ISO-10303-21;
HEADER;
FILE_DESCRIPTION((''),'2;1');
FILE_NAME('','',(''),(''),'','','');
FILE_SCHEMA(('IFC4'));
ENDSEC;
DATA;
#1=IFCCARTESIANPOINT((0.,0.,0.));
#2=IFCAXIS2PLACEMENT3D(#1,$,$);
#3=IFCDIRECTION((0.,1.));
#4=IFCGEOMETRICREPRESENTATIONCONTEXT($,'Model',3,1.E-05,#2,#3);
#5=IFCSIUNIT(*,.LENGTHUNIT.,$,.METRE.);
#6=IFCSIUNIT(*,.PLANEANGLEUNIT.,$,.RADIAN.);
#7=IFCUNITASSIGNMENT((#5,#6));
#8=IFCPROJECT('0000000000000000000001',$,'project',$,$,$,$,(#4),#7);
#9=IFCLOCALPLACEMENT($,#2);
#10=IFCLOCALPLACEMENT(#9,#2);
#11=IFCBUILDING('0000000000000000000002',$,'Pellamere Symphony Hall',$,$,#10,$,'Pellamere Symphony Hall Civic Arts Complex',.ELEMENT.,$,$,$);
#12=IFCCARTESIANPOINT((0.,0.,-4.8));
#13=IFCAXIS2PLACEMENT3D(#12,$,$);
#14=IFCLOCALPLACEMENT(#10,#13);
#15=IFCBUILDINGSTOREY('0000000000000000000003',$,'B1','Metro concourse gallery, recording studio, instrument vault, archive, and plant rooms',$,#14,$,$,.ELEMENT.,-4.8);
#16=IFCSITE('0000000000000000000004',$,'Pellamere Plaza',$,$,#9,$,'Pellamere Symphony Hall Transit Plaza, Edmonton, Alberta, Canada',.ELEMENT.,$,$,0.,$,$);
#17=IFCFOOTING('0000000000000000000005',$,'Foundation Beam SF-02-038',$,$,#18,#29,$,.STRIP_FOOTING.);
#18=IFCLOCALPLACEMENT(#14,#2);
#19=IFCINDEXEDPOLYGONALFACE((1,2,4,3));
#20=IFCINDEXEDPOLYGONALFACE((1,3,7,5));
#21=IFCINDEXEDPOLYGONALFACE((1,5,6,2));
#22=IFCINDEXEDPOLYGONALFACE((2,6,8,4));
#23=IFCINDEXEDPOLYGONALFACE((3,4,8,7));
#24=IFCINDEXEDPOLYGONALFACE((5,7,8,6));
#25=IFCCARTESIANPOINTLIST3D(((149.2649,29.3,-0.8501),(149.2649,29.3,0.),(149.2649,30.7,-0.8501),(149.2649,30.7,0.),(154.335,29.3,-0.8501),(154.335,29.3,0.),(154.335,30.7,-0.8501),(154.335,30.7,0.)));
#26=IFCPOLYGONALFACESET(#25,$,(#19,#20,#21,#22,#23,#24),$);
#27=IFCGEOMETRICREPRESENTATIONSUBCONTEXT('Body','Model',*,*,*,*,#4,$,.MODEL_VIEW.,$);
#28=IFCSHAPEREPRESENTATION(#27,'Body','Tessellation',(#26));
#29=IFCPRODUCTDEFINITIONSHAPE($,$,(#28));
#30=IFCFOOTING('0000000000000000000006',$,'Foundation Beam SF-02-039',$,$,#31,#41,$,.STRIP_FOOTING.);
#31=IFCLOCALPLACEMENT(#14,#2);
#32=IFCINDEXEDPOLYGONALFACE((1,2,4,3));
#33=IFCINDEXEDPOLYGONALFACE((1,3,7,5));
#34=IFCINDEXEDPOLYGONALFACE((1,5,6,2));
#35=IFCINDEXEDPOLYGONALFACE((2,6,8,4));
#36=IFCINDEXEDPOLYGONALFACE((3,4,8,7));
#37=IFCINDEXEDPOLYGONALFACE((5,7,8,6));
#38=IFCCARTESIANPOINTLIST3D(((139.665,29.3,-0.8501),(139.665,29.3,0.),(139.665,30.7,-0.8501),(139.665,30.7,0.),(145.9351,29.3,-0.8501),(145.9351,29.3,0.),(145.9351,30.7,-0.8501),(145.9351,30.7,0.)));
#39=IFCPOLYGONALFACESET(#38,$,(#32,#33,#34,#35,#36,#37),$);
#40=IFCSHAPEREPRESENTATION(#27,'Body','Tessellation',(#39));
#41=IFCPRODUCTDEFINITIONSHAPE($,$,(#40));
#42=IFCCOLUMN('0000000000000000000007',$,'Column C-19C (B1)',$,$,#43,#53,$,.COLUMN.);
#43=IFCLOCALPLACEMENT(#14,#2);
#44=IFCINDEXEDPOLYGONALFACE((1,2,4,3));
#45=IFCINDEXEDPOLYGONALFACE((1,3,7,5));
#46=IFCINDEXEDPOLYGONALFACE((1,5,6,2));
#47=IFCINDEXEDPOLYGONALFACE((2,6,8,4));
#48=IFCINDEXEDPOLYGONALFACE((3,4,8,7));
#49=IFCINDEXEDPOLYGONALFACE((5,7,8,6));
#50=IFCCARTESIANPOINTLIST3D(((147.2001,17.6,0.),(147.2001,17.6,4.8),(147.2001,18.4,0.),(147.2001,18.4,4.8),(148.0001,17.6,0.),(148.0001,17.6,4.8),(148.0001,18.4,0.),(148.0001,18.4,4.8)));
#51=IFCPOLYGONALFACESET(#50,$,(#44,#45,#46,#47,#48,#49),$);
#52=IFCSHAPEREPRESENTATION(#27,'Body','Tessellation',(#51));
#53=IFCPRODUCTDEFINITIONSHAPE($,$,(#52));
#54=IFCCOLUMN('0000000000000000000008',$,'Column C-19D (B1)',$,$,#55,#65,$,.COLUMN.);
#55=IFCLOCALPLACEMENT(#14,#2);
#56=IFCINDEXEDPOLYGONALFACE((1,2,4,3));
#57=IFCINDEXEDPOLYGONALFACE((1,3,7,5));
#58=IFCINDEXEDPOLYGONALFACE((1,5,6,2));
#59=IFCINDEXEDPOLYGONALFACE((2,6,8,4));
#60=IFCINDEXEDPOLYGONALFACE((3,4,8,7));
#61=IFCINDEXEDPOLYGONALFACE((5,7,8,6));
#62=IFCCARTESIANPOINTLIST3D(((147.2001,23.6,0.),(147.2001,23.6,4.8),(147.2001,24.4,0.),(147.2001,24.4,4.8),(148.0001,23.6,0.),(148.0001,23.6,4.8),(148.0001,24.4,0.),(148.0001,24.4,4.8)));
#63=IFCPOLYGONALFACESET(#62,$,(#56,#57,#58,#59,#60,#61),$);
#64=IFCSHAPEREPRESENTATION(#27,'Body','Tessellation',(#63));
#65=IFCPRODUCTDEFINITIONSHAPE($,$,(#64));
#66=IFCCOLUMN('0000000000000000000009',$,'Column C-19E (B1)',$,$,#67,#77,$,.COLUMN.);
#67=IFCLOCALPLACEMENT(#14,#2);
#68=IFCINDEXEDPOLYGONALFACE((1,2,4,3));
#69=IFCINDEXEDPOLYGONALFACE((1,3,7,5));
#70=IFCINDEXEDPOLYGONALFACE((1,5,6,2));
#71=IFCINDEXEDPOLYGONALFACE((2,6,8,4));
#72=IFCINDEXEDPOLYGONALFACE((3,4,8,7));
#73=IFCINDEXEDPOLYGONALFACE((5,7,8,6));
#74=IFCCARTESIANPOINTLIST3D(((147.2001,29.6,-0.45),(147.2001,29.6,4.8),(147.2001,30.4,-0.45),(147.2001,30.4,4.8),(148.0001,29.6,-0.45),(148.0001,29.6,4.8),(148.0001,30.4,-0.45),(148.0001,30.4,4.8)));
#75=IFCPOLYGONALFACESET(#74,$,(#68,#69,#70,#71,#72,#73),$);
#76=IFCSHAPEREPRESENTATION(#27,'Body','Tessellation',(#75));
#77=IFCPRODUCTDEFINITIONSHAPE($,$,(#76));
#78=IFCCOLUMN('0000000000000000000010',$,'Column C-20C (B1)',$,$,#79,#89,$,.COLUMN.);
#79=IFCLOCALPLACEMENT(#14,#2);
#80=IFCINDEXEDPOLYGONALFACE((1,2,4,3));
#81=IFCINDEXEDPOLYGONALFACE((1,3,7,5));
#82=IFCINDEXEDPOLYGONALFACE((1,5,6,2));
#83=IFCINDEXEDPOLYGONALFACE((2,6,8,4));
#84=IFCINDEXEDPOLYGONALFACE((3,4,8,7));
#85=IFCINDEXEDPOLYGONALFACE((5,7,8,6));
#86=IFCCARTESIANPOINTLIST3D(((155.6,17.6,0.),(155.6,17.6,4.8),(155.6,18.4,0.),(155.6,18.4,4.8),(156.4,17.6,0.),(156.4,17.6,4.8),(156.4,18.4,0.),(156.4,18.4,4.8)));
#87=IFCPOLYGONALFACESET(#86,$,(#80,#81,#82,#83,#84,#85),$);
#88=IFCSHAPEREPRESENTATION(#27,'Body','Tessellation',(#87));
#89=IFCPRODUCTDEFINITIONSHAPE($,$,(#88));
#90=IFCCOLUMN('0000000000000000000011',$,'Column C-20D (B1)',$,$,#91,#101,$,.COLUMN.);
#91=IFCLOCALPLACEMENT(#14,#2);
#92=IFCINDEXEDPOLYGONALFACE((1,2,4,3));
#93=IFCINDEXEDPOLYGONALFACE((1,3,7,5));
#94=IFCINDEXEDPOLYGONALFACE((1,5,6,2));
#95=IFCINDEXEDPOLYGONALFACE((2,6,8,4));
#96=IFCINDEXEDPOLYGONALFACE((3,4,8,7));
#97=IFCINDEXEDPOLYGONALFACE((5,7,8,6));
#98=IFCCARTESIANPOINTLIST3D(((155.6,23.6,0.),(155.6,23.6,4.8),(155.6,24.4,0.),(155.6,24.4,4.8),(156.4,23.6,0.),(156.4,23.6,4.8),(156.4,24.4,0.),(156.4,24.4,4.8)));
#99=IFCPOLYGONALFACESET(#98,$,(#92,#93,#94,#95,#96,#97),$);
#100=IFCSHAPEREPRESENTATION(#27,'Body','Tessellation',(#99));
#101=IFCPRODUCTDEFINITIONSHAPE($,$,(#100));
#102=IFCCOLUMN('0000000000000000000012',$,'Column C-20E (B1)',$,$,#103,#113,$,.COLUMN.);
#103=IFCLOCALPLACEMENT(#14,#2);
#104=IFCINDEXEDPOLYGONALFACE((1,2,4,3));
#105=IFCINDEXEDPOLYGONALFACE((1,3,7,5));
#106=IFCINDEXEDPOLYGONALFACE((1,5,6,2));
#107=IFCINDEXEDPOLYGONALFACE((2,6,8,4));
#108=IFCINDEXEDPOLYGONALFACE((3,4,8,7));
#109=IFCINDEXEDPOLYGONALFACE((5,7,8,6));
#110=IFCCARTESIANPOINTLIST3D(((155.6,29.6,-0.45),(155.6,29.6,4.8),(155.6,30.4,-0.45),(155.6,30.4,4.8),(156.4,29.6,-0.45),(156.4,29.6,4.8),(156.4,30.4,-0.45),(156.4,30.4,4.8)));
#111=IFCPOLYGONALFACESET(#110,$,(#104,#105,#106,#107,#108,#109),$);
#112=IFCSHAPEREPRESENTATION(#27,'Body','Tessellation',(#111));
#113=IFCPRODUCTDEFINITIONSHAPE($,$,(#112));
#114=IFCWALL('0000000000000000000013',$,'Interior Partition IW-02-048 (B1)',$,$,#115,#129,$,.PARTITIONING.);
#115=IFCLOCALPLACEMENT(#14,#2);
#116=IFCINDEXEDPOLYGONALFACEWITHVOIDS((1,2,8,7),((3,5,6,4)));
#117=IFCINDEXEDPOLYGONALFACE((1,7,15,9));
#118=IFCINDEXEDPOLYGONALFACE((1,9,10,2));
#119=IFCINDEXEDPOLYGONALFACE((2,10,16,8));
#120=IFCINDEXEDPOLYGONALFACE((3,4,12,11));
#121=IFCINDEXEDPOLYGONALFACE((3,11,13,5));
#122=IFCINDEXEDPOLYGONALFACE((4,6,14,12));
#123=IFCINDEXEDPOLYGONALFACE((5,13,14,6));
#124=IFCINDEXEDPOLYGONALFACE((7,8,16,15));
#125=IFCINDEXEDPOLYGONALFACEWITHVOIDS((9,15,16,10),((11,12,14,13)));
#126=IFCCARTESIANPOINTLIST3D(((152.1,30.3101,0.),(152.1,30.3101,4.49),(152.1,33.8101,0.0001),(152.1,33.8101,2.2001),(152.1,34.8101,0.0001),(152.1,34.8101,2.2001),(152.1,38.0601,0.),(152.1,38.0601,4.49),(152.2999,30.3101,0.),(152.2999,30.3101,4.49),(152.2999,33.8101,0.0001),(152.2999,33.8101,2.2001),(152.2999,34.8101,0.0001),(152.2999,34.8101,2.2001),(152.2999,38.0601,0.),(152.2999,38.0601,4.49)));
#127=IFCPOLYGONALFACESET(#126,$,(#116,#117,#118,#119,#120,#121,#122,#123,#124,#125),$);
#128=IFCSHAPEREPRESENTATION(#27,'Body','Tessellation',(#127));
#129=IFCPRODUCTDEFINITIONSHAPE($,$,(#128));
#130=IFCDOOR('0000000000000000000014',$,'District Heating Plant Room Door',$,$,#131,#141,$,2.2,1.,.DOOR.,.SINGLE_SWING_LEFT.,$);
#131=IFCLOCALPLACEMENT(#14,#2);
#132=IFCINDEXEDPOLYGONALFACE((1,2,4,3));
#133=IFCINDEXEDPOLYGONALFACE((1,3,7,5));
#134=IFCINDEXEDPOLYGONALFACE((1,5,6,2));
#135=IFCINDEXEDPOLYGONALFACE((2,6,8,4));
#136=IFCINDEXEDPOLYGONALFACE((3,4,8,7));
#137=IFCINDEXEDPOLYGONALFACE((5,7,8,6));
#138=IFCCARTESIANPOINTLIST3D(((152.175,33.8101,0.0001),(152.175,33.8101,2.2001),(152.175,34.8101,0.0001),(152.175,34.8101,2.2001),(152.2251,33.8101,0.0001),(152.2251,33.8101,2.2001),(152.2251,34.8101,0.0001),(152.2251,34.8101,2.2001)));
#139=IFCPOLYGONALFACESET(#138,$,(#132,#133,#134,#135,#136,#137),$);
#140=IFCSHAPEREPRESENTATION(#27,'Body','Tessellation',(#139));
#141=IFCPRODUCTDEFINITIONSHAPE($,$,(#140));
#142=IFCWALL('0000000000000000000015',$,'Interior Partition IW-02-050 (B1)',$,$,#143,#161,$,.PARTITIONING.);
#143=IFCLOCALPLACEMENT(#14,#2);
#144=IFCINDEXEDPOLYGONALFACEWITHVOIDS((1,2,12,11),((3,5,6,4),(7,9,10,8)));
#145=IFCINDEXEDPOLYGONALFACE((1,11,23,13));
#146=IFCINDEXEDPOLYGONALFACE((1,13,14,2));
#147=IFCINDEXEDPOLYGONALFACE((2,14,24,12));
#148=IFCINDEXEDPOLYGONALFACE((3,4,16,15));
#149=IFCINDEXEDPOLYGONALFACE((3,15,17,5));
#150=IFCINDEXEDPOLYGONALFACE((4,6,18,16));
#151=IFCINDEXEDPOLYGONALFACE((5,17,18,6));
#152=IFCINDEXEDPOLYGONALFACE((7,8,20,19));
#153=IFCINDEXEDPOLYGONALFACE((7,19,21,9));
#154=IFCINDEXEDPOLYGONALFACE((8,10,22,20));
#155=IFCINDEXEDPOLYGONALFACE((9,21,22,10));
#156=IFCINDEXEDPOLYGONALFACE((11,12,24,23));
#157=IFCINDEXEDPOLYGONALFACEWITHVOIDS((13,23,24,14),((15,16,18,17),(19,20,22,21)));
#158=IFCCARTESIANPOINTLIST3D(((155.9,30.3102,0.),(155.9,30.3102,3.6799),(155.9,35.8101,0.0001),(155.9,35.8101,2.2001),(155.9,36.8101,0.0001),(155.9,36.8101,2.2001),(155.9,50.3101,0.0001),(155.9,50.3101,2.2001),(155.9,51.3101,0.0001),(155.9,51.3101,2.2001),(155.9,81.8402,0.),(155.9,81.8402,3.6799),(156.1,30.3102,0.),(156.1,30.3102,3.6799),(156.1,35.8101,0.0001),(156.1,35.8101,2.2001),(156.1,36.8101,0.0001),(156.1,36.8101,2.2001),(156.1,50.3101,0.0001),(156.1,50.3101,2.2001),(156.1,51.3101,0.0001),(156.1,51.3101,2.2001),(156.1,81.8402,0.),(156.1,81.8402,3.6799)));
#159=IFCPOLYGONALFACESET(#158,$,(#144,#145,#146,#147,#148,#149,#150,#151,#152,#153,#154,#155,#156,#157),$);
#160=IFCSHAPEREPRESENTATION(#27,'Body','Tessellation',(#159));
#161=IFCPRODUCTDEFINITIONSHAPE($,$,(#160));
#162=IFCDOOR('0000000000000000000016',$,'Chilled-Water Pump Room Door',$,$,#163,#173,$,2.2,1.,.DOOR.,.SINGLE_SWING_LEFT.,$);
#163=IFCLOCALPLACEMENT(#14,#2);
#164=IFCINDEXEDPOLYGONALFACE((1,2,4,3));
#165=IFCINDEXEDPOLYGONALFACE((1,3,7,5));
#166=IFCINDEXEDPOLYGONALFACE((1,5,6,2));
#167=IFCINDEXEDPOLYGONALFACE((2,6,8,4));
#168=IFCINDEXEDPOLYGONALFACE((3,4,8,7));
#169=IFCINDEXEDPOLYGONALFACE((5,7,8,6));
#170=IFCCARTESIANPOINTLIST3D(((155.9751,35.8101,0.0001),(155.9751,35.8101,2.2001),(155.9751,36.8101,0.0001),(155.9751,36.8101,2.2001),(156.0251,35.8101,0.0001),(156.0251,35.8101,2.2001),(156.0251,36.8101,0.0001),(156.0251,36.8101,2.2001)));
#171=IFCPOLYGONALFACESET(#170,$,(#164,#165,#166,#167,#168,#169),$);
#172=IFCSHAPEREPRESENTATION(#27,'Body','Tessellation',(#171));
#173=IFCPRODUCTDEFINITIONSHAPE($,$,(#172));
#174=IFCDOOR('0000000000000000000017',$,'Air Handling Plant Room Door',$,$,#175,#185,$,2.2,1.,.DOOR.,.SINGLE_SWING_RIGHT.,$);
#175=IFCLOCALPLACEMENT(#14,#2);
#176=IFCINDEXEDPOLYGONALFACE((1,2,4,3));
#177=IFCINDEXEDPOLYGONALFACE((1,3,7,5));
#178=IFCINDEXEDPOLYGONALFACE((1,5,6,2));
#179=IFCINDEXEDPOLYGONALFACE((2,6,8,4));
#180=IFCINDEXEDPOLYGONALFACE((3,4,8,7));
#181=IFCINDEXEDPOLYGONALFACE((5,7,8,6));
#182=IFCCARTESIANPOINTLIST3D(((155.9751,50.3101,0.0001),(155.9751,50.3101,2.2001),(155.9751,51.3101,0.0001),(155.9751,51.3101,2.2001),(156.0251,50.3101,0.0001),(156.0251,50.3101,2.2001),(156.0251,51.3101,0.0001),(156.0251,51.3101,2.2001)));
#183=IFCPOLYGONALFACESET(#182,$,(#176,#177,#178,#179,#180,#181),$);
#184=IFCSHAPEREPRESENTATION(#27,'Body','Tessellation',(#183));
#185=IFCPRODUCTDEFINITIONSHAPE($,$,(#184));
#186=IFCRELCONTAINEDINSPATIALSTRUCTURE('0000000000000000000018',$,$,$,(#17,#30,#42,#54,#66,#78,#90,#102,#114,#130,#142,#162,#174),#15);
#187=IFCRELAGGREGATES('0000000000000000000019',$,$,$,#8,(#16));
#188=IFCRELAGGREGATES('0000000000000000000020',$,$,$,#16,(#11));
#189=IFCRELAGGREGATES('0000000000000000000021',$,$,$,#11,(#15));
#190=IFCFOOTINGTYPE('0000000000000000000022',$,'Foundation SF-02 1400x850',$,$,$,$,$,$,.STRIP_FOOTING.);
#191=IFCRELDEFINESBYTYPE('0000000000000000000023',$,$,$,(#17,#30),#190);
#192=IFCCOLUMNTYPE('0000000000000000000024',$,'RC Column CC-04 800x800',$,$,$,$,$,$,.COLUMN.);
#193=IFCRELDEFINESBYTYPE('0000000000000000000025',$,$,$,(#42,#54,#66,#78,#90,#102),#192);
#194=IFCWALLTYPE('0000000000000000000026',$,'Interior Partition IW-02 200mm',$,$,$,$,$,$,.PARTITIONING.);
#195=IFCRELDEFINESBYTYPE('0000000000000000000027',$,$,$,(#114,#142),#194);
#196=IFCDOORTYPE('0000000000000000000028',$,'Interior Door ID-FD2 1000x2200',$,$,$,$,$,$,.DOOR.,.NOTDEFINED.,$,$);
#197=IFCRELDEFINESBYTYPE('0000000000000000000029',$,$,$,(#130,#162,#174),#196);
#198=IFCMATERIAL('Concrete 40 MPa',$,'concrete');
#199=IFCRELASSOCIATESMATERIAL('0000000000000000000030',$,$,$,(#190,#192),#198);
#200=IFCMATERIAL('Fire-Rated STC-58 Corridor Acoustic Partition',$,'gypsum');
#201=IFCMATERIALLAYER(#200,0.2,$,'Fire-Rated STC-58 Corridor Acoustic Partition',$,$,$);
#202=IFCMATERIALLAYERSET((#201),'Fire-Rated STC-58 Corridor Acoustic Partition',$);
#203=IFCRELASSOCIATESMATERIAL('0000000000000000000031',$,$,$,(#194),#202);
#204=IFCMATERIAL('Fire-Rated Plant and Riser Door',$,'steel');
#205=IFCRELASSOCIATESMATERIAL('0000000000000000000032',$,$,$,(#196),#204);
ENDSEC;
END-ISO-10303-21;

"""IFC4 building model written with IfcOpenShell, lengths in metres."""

from ifc_helpers import new_model, si_unit, direction, frame, frame_2d, origin, origin_2d, place, context, subcontext, project, spatial, rectangle, extrude, material, layer, layer_set, material_profile, profile_set, type_object, element, fill, save


model = new_model("IFC4")

# Units and contexts
model_context = context("Model", 3, precision=1e-05, world=origin(), true_north=direction((0.0, 1.0)))
body_context = subcontext(model_context, "Body", "Model", "MODEL_VIEW")
ifc_project = project(units=[si_unit("LENGTHUNIT", "METRE"), si_unit("PLANEANGLEUNIT", "RADIAN")], contexts=[model_context])

# Site, building, storey
site_placement = place(None, origin())
site = spatial("IfcSite", under=ifc_project, at=site_placement, Name="Pellamere Plaza", LongName="Pellamere Symphony Hall Transit Plaza, Edmonton, Alberta, Canada", CompositionType="ELEMENT", RefElevation=0.0)
building_placement = place(site_placement, origin())
building = spatial("IfcBuilding", under=site, at=building_placement, Name="Pellamere Symphony Hall", LongName="Pellamere Symphony Hall Civic Arts Complex", CompositionType="ELEMENT")
storey_placement = place(building_placement, frame((0.0, 0.0, -4.8)))
storey = spatial("IfcBuildingStorey", under=building, at=storey_placement, Name="B1", Description="Metro concourse gallery, recording studio, instrument vault, archive, and plant rooms", CompositionType="ELEMENT", Elevation=-4.8)

# Footings
ifc_material_1 = material(Name="Concrete 40 MPa", Category="concrete")
ifc_material_profile_1 = material_profile(ifc_material_1, rectangle(XDim=1.3999, YDim=0.8501, at=origin_2d()), Name="RC 1400x850")
ifc_profile_set_1 = profile_set([ifc_material_profile_1], Name="Concrete 40 MPa")
footing_type_1 = type_object("IfcFootingType", Name="Foundation SF-02 1400x850", PredefinedType="STRIP_FOOTING", material=ifc_profile_set_1)
footing_1_placement = place(storey_placement, frame((154.335, 30.0, -0.425), z_axis=(-1.0, 0.0, 0.0), x_axis=(0.0, -1.0, 0.0)))
element("IfcFooting", 1, at=footing_1_placement, inside=storey, type_object=footing_type_1, Name="Foundation Beam SF-02-038", PredefinedType="STRIP_FOOTING", context=body_context, shape_type="SweptSolid", body=[
    extrude(rectangle(XDim=1.3999, YDim=0.8501, at=origin_2d()), origin(), (0.0, 0.0, 1.0), 5.0701),
])
footing_2_placement = place(storey_placement, frame((145.9351, 30.0, -0.425), z_axis=(-1.0, 0.0, 0.0), x_axis=(0.0, -1.0, 0.0)))
element("IfcFooting", 2, at=footing_2_placement, inside=storey, type_object=footing_type_1, Name="Foundation Beam SF-02-039", PredefinedType="STRIP_FOOTING", context=body_context, shape_type="SweptSolid", body=[
    extrude(rectangle(XDim=1.3999, YDim=0.8501, at=origin_2d()), origin(), (0.0, 0.0, 1.0), 6.27),
])

# Columns
ifc_material_profile_2 = material_profile(ifc_material_1, rectangle(XDim=0.8, YDim=0.8, at=origin_2d()), Name="RC 800x800")
ifc_profile_set_2 = profile_set([ifc_material_profile_2], Name="Concrete 40 MPa")
column_type = type_object("IfcColumnType", Name="RC Column CC-04 800x800", PredefinedType="COLUMN", material=ifc_profile_set_2)
for number, where, z_axis, x_axis, name in (
    (3, (147.6001, 18.0, 0.0), (0.0, 0.0, 1.0), (1.0, 0.0, 0.0), "Column C-19C (B1)"),
    (4, (147.6001, 24.0, 0.0), (0.0, 0.0, 1.0), (1.0, 0.0, 0.0), "Column C-19D (B1)"),
):
    element("IfcColumn", number, at=place(storey_placement, frame(where, z_axis=z_axis, x_axis=x_axis)), inside=storey, type_object=column_type, Name=name, PredefinedType="COLUMN", context=body_context, shape_type="SweptSolid", body=[
        extrude(rectangle(XDim=0.8, YDim=0.8, at=origin_2d()), origin(), (0.0, 0.0, 1.0), 4.8),
    ])
column_1_placement = place(storey_placement, frame((147.6001, 30.0, -0.45), z_axis=(0.0, 0.0, 1.0), x_axis=(1.0, 0.0, 0.0)))
element("IfcColumn", 5, at=column_1_placement, inside=storey, type_object=column_type, Name="Column C-19E (B1)", PredefinedType="COLUMN", context=body_context, shape_type="SweptSolid", body=[
    extrude(rectangle(XDim=0.8, YDim=0.8, at=origin_2d()), origin(), (0.0, 0.0, 1.0), 5.25),
])
for number, where, z_axis, x_axis, name in (
    (6, (156.0, 18.0, 0.0), (0.0, 0.0, 1.0), (1.0, 0.0, 0.0), "Column C-20C (B1)"),
    (7, (156.0, 24.0, 0.0), (0.0, 0.0, 1.0), (1.0, 0.0, 0.0), "Column C-20D (B1)"),
):
    element("IfcColumn", number, at=place(storey_placement, frame(where, z_axis=z_axis, x_axis=x_axis)), inside=storey, type_object=column_type, Name=name, PredefinedType="COLUMN", context=body_context, shape_type="SweptSolid", body=[
        extrude(rectangle(XDim=0.8, YDim=0.8, at=origin_2d()), origin(), (0.0, 0.0, 1.0), 4.8),
    ])
column_2_placement = place(storey_placement, frame((156.0, 30.0, -0.45), z_axis=(0.0, 0.0, 1.0), x_axis=(1.0, 0.0, 0.0)))
element("IfcColumn", 8, at=column_2_placement, inside=storey, type_object=column_type, Name="Column C-20E (B1)", PredefinedType="COLUMN", context=body_context, shape_type="SweptSolid", body=[
    extrude(rectangle(XDim=0.8, YDim=0.8, at=origin_2d()), origin(), (0.0, 0.0, 1.0), 5.25),
])

# Wall, opening, door
ifc_material_2 = material(Name="Fire-Rated STC-58 Corridor Acoustic Partition", Category="gypsum")
ifc_layer = layer(ifc_material_2, 0.2, Name="Fire-Rated STC-58 Corridor Acoustic Partition")
ifc_layer_set = layer_set([ifc_layer], Name="Fire-Rated STC-58 Corridor Acoustic Partition")
wall_type = type_object("IfcWallType", Name="Interior Partition IW-02 200mm", PredefinedType="PARTITIONING", material=ifc_layer_set)
wall_1_placement = place(storey_placement, frame((152.2, 30.3101, 0.0), z_axis=(0.0, 0.0, 1.0), x_axis=(0.0, 1.0, 0.0)))
wall_1 = element("IfcWall", 9, at=wall_1_placement, inside=storey, type_object=wall_type, Name="Interior Partition IW-02-048 (B1)", PredefinedType="PARTITIONING", context=body_context, shape_type="SweptSolid", body=[
    extrude(rectangle(XDim=7.75, YDim=0.2, at=frame_2d((3.875, 0.0))), origin(), (0.0, 0.0, 1.0), 4.49),
])
opening_1_placement = place(wall_1_placement, frame((3.5, 0.0, 0.0)))
opening_1 = element("IfcOpeningElement", 10, at=opening_1_placement, cuts=wall_1, PredefinedType="OPENING", context=body_context, shape_type="SweptSolid", body=[
    extrude(rectangle(XDim=1.0, YDim=2.2, at=frame_2d((0.5, 1.1001))), frame((0.0, 0.1099, 0.0), z_axis=(0.0, -1.0, 0.0), x_axis=(1.0, 0.0, 0.0)), (0.0, 0.0, 1.0), 0.22),
])
ifc_material_3 = material(Name="Fire-Rated Plant and Riser Door", Category="steel")
door_type = type_object("IfcDoorType", Name="Interior Door ID-FD2 1000x2200", OperationType="NOTDEFINED", PredefinedType="DOOR", material=ifc_material_3)
door_1_placement = place(opening_1_placement, origin())
door_1 = element("IfcDoor", 11, at=door_1_placement, inside=storey, type_object=door_type, Name="District Heating Plant Room Door", OperationType="SINGLE_SWING_LEFT", OverallHeight=2.2, OverallWidth=1.0, PredefinedType="DOOR", context=body_context, shape_type="SweptSolid", body=[
    extrude(rectangle(XDim=1.0, YDim=2.2, at=frame_2d((0.5, 1.1001))), frame((0.0, 0.0249, 0.0), z_axis=(0.0, -1.0, 0.0), x_axis=(1.0, 0.0, 0.0)), (0.0, 0.0, 1.0), 0.05),
])
fill(opening_1, door_1)

# Wall, openings, doors
wall_2_placement = place(storey_placement, frame((156.0, 30.3101, 0.0), z_axis=(0.0, 0.0, 1.0), x_axis=(0.0, 1.0, 0.0)))
wall_2 = element("IfcWall", 12, at=wall_2_placement, inside=storey, type_object=wall_type, Name="Interior Partition IW-02-050 (B1)", PredefinedType="PARTITIONING", context=body_context, shape_type="SweptSolid", body=[
    extrude(rectangle(XDim=51.53, YDim=0.2, at=frame_2d((25.7651, 0.0))), origin(), (0.0, 0.0, 1.0), 3.6799),
])
opening_2_placement = place(wall_2_placement, frame((5.5, 0.0, 0.0)))
opening_2 = element("IfcOpeningElement", 13, at=opening_2_placement, cuts=wall_2, PredefinedType="OPENING", context=body_context, shape_type="SweptSolid", body=[
    extrude(rectangle(XDim=1.0, YDim=2.2, at=frame_2d((0.5, 1.1001))), frame((0.0, 0.1099, 0.0), z_axis=(0.0, -1.0, 0.0), x_axis=(1.0, 0.0, 0.0)), (0.0, 0.0, 1.0), 0.22),
])
opening_3_placement = place(wall_2_placement, frame((20.0, 0.0, 0.0)))
opening_3 = element("IfcOpeningElement", 14, at=opening_3_placement, cuts=wall_2, PredefinedType="OPENING", context=body_context, shape_type="SweptSolid", body=[
    extrude(rectangle(XDim=1.0, YDim=2.2, at=frame_2d((0.5, 1.1001))), frame((0.0, 0.1099, 0.0), z_axis=(0.0, -1.0, 0.0), x_axis=(1.0, 0.0, 0.0)), (0.0, 0.0, 1.0), 0.22),
])
door_2_placement = place(opening_2_placement, origin())
door_2 = element("IfcDoor", 15, at=door_2_placement, inside=storey, type_object=door_type, Name="Chilled-Water Pump Room Door", OperationType="SINGLE_SWING_LEFT", OverallHeight=2.2, OverallWidth=1.0, PredefinedType="DOOR", context=body_context, shape_type="SweptSolid", body=[
    extrude(rectangle(XDim=1.0, YDim=2.2, at=frame_2d((0.5, 1.1001))), frame((0.0, 0.0249, 0.0), z_axis=(0.0, -1.0, 0.0), x_axis=(1.0, 0.0, 0.0)), (0.0, 0.0, 1.0), 0.05),
])
fill(opening_2, door_2)
door_3_placement = place(opening_3_placement, origin())
door_3 = element("IfcDoor", 16, at=door_3_placement, inside=storey, type_object=door_type, Name="Air Handling Plant Room Door", OperationType="SINGLE_SWING_RIGHT", OverallHeight=2.2, OverallWidth=1.0, PredefinedType="DOOR", context=body_context, shape_type="SweptSolid", body=[
    extrude(rectangle(XDim=1.0, YDim=2.2, at=frame_2d((0.5, 1.1001))), frame((0.0, 0.0249, 0.0), z_axis=(0.0, -1.0, 0.0), x_axis=(1.0, 0.0, 0.0)), (0.0, 0.0, 1.0), 0.05),
])
fill(opening_3, door_3)

save(model, "model.ifc")
